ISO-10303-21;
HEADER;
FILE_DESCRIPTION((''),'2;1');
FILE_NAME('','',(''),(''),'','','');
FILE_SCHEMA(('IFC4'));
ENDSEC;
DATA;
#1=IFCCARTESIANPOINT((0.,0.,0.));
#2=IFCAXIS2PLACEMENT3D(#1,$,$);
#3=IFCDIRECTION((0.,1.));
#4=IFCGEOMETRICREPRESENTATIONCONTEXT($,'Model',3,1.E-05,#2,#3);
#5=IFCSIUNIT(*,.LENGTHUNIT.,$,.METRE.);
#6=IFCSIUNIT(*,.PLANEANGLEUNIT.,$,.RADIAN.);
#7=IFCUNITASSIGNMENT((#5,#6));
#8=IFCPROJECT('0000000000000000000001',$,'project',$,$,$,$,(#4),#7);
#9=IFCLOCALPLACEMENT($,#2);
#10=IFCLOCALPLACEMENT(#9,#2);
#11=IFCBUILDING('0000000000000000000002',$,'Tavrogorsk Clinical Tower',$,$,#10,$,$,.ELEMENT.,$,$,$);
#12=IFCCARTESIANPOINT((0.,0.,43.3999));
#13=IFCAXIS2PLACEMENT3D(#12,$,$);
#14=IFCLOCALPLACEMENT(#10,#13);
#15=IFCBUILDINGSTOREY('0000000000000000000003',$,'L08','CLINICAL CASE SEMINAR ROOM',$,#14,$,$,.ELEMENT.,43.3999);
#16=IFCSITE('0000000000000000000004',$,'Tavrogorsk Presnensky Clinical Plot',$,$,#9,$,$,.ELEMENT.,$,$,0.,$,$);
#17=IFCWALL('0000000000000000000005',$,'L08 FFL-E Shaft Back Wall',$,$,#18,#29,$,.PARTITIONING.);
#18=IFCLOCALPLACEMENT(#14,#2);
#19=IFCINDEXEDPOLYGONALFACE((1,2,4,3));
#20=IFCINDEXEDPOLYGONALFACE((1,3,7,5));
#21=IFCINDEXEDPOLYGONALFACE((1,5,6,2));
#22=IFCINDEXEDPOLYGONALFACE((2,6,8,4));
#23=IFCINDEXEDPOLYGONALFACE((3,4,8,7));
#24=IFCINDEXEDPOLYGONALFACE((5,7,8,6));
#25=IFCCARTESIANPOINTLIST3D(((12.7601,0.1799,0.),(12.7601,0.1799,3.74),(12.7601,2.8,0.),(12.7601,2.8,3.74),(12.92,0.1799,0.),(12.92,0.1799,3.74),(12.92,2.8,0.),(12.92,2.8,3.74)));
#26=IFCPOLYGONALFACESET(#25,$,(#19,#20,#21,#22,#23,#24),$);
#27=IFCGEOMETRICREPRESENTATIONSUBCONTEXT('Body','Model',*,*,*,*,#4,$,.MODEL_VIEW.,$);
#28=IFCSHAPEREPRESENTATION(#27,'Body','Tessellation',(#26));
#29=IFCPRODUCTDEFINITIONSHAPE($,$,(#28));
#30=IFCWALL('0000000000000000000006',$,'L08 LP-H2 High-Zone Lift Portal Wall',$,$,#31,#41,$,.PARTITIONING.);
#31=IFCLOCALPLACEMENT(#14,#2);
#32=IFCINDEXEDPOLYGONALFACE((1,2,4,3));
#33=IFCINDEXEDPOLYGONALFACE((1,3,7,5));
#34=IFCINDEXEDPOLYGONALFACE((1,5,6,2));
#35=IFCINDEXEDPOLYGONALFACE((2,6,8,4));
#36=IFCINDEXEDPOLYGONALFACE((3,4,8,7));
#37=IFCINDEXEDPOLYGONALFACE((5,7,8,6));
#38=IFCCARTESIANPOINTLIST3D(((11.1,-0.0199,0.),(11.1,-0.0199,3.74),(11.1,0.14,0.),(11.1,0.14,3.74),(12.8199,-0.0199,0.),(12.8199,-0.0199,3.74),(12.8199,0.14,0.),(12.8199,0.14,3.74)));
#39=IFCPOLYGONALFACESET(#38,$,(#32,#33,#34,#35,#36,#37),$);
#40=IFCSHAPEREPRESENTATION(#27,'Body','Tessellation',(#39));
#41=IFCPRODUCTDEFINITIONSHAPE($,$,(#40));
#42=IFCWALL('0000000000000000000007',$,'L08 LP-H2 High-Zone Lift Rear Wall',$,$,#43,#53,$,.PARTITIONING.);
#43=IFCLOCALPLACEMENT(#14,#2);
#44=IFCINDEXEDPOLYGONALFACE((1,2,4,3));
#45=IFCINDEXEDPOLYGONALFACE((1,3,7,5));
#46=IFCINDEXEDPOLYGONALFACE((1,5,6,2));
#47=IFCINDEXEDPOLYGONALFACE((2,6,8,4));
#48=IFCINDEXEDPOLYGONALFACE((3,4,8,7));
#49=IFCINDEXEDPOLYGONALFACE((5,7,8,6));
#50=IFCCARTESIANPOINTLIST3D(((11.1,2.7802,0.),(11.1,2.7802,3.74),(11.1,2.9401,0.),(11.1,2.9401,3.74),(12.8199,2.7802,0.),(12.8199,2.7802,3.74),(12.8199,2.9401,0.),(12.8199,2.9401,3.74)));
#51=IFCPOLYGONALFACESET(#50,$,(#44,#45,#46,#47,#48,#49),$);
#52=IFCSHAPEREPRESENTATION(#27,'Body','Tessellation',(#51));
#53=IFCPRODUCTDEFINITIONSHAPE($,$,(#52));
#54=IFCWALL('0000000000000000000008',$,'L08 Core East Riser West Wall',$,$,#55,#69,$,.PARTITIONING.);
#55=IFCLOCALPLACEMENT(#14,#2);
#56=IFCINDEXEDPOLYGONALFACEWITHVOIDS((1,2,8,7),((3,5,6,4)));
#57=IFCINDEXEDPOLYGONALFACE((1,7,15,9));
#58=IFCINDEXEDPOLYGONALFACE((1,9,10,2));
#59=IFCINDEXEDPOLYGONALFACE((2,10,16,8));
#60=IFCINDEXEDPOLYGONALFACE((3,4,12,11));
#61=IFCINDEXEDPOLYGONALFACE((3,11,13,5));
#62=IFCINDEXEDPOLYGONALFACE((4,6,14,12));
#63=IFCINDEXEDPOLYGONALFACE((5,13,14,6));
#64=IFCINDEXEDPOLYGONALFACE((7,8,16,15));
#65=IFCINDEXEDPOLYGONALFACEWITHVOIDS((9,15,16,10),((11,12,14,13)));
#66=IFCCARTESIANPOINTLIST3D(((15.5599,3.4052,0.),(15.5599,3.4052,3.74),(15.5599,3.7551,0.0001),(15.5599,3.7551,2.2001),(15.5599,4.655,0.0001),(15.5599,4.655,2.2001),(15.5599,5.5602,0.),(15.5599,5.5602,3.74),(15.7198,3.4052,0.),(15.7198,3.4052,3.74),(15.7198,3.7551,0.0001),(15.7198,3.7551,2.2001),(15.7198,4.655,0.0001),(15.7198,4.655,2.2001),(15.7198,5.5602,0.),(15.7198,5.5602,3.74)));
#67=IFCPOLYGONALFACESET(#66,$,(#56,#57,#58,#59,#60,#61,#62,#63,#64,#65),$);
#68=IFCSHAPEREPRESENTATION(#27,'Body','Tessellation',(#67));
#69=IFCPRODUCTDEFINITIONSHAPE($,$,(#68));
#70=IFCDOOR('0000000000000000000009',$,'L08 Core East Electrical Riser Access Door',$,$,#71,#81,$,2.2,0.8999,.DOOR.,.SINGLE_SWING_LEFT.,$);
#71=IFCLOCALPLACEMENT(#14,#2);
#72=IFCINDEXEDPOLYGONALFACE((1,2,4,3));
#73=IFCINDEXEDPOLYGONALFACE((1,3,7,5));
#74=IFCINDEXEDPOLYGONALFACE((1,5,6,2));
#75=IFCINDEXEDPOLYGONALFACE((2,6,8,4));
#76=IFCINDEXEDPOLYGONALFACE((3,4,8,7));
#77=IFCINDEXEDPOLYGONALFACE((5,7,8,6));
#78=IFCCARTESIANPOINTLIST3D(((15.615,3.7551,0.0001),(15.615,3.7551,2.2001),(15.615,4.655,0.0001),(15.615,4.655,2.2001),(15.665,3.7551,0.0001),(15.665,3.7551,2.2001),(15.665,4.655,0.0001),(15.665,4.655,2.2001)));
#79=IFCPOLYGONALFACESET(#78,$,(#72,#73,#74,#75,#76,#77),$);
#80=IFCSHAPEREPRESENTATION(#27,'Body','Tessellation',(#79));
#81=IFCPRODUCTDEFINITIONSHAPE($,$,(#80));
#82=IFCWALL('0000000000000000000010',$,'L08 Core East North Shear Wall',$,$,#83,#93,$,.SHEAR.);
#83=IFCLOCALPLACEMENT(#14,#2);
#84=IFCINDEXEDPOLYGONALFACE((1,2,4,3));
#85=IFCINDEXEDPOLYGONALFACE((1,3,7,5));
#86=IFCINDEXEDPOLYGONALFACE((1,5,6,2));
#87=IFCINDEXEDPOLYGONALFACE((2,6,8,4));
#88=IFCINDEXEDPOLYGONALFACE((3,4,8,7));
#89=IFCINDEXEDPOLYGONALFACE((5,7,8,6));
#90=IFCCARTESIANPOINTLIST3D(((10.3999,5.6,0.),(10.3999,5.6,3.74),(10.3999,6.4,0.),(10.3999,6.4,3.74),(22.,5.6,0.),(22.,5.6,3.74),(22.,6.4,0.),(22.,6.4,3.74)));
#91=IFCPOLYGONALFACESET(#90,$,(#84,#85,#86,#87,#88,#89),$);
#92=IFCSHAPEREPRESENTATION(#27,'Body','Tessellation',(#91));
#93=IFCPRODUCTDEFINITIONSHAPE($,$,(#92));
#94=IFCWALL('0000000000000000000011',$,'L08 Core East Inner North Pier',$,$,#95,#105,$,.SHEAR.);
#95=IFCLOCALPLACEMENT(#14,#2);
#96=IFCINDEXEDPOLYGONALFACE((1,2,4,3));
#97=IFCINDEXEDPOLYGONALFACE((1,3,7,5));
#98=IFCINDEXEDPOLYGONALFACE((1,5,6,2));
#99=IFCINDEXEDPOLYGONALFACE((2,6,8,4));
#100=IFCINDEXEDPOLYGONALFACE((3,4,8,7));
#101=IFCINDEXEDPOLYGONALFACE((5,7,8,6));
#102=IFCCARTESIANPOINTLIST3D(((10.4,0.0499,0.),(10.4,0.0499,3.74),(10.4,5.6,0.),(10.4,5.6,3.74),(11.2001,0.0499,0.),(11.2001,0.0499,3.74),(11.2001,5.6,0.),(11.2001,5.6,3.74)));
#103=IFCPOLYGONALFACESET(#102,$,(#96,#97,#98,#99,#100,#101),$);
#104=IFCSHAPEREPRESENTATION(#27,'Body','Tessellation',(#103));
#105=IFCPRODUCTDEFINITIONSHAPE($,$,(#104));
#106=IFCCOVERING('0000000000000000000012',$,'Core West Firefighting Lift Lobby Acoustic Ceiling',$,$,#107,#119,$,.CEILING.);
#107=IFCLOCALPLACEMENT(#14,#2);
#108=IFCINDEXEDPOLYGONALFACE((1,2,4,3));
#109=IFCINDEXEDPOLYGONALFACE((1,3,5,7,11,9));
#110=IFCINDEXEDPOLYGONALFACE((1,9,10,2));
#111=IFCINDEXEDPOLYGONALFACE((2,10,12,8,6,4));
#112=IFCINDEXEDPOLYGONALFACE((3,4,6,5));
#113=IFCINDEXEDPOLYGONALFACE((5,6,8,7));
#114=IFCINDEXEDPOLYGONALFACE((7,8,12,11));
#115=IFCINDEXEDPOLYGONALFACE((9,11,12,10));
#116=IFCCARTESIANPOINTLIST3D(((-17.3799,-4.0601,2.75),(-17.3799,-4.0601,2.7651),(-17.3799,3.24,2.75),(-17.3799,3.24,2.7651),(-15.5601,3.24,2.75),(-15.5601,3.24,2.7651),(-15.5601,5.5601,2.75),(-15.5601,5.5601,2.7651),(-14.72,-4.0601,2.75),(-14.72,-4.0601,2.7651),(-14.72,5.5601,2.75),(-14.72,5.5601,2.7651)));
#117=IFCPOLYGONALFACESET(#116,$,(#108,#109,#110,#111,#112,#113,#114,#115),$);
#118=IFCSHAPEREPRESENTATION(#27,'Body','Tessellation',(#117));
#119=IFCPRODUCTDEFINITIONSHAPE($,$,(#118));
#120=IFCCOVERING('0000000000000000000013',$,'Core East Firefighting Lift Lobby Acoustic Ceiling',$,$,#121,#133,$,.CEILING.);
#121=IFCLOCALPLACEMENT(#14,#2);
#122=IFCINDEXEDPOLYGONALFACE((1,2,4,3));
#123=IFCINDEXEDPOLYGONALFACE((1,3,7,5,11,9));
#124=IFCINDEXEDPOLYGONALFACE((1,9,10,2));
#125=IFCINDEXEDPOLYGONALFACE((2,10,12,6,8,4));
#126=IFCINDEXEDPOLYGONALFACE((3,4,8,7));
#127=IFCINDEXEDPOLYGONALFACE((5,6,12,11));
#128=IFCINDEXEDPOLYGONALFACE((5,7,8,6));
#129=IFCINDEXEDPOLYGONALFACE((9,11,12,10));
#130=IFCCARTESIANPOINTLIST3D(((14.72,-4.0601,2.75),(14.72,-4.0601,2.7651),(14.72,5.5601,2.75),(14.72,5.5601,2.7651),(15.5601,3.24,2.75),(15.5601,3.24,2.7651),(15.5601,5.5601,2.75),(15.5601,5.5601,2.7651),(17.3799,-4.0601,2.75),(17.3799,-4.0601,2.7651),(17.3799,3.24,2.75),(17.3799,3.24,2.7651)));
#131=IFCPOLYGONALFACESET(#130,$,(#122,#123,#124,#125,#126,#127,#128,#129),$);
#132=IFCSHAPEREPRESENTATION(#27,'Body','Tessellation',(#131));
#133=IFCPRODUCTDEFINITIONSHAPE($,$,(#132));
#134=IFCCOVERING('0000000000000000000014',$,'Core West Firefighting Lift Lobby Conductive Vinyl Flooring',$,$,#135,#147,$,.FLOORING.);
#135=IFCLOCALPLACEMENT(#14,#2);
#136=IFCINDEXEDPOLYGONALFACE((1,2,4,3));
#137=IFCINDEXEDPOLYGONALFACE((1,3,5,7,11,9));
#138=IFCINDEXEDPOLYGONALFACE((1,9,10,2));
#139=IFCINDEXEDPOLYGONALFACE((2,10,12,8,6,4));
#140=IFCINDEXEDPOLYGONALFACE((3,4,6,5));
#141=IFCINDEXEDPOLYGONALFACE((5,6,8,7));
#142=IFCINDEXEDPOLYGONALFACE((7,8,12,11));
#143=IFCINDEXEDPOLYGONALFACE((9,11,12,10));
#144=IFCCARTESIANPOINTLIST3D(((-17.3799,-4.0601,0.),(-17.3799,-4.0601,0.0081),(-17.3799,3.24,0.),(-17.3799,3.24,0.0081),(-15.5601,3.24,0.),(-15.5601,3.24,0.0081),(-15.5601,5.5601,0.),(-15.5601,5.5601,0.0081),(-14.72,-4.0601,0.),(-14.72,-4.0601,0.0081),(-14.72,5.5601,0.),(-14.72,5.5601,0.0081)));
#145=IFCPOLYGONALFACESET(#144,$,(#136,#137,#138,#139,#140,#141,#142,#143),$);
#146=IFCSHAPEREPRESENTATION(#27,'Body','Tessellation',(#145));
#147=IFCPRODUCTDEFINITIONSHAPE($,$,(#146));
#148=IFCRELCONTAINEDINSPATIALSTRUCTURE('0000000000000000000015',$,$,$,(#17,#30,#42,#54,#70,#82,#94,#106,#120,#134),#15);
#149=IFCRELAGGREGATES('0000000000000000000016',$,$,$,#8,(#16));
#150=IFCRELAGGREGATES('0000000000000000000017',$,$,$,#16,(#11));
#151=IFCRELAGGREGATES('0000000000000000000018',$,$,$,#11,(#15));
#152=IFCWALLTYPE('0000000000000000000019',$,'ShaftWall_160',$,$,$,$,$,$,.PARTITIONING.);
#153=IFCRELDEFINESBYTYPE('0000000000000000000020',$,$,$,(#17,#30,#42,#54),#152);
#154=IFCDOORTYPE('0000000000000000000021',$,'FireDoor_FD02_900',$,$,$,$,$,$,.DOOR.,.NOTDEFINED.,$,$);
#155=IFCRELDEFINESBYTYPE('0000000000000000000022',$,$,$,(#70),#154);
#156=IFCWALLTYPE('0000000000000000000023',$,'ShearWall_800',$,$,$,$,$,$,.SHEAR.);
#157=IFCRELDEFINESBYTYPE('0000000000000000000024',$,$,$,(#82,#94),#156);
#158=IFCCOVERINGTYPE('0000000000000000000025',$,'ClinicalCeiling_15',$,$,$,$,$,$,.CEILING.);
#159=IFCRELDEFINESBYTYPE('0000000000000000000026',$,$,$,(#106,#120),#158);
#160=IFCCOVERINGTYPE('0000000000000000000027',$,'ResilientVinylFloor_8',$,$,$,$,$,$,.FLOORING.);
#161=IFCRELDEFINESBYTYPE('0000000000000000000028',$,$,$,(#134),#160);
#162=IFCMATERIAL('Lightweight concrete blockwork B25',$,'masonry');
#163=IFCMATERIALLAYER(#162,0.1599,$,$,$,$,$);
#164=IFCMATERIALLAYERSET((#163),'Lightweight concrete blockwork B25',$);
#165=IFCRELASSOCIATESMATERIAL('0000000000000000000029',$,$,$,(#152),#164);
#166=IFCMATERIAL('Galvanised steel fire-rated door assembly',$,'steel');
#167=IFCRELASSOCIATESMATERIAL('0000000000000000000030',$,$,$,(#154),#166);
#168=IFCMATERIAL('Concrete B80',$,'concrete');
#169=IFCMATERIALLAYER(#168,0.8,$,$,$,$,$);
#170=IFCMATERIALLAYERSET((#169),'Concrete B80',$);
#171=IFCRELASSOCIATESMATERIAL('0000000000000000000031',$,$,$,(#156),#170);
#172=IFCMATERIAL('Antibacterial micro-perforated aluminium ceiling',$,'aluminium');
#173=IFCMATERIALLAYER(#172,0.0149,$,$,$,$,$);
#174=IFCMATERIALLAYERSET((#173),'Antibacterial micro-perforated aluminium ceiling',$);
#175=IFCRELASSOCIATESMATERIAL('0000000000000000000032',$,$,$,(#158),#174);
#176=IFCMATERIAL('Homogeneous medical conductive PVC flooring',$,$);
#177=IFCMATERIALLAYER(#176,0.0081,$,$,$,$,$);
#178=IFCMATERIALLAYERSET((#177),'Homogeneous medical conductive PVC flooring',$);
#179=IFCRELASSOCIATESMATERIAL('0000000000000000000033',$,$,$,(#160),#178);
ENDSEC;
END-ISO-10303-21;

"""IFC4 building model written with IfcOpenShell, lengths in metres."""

from ifc_helpers import new_model, si_unit, direction, frame, frame_2d, origin, place, context, subcontext, project, spatial, polyline, rectangle, outline, extrude, material, layer, layer_set, type_object, element, fill, save


model = new_model("IFC4")

# Units and contexts
model_context = context("Model", 3, precision=1e-05, world=origin(), true_north=direction((0.0, 1.0)))
body_context = subcontext(model_context, "Body", "Model", "MODEL_VIEW")
ifc_project = project(units=[si_unit("LENGTHUNIT", "METRE"), si_unit("PLANEANGLEUNIT", "RADIAN")], contexts=[model_context])

# Site, building, storey
site_placement = place(None, origin())
site = spatial("IfcSite", under=ifc_project, at=site_placement, Name="Tavrogorsk Presnensky Clinical Plot", CompositionType="ELEMENT", RefElevation=0.0)
building_placement = place(site_placement, origin())
building = spatial("IfcBuilding", under=site, at=building_placement, Name="Tavrogorsk Clinical Tower", CompositionType="ELEMENT")
storey_placement = place(building_placement, frame((0.0, 0.0, 43.3999)))
storey = spatial("IfcBuildingStorey", under=building, at=storey_placement, Name="L08", Description="CLINICAL CASE SEMINAR ROOM", CompositionType="ELEMENT", Elevation=43.3999)

# Shared definitions
ifc_material_1 = material(Name="Lightweight concrete blockwork B25", Category="masonry")
ifc_layer_1 = layer(ifc_material_1, 0.1599)
ifc_layer_set_1 = layer_set([ifc_layer_1], Name="Lightweight concrete blockwork B25")
wall_type_1 = type_object("IfcWallType", Name="ShaftWall_160", PredefinedType="PARTITIONING", material=ifc_layer_set_1)

# Walls
wall_1_placement = place(storey_placement, frame((12.8401, 0.1799, 0.0), z_axis=(0.0, 0.0, 1.0), x_axis=(0.0, 1.0, 0.0)))
element("IfcWall", 1, at=wall_1_placement, inside=storey, type_object=wall_type_1, Name="L08 FFL-E Shaft Back Wall", PredefinedType="PARTITIONING", context=body_context, shape_type="SweptSolid", body=[
    extrude(rectangle(XDim=2.6201, YDim=0.1599, at=frame_2d((1.3101, 0.0))), origin(), (0.0, 0.0, 1.0), 3.74),
])
for number, where, z_axis, x_axis, name in (
    (2, (11.1001, 0.0601, 0.0), (0.0, 0.0, 1.0), (1.0, 0.0, 0.0), "L08 LP-H2 High-Zone Lift Portal Wall"),
    (3, (11.1001, 2.8601, 0.0), (0.0, 0.0, 1.0), (1.0, 0.0, 0.0), "L08 LP-H2 High-Zone Lift Rear Wall"),
):
    element("IfcWall", number, at=place(storey_placement, frame(where, z_axis=z_axis, x_axis=x_axis)), inside=storey, type_object=wall_type_1, Name=name, PredefinedType="PARTITIONING", context=body_context, shape_type="SweptSolid", body=[
        extrude(rectangle(XDim=1.72, YDim=0.1599, at=frame_2d((0.8599, 0.0))), origin(), (0.0, 0.0, 1.0), 3.74),
    ])

# Wall, opening, door
wall_2_placement = place(storey_placement, frame((15.6399, 3.405, 0.0), z_axis=(0.0, 0.0, 1.0), x_axis=(0.0, 1.0, 0.0)))
wall_2 = element("IfcWall", 4, at=wall_2_placement, inside=storey, type_object=wall_type_1, Name="L08 Core East Riser West Wall", PredefinedType="PARTITIONING", context=body_context, shape_type="SweptSolid", body=[
    extrude(rectangle(XDim=2.155, YDim=0.1599, at=frame_2d((1.0776, 0.0))), origin(), (0.0, 0.0, 1.0), 3.74),
])
opening_1_placement = place(wall_2_placement, frame((0.3501, 0.0, 0.0)))
opening_1 = element("IfcOpeningElement", 5, at=opening_1_placement, cuts=wall_2, PredefinedType="OPENING", context=body_context, shape_type="SweptSolid", body=[
    extrude(rectangle(XDim=0.8999, YDim=2.2, at=frame_2d((0.45, 1.1001))), frame((0.0, 0.0898, 0.0), z_axis=(0.0, -1.0, 0.0), x_axis=(1.0, 0.0, 0.0)), (0.0, 0.0, 1.0), 0.1799),
])
ifc_material_2 = material(Name="Galvanised steel fire-rated door assembly", Category="steel")
door_type_1 = type_object("IfcDoorType", Name="FireDoor_FD02_900", OperationType="NOTDEFINED", PredefinedType="DOOR", material=ifc_material_2)
door_1_placement = place(opening_1_placement, origin())
door_1 = element("IfcDoor", 6, at=door_1_placement, inside=storey, type_object=door_type_1, Name="L08 Core East Electrical Riser Access Door", OperationType="SINGLE_SWING_LEFT", OverallHeight=2.2, OverallWidth=0.8999, PredefinedType="DOOR", context=body_context, shape_type="SweptSolid", body=[
    extrude(rectangle(XDim=0.8999, YDim=2.2, at=frame_2d((0.45, 1.1001))), frame((0.0, 0.0249, 0.0), z_axis=(0.0, -1.0, 0.0), x_axis=(1.0, 0.0, 0.0)), (0.0, 0.0, 1.0), 0.05),
])
fill(opening_1, door_1)

# Walls
ifc_material_3 = material(Name="Concrete B80", Category="concrete")
ifc_layer_2 = layer(ifc_material_3, 0.8)
ifc_layer_set_2 = layer_set([ifc_layer_2], Name="Concrete B80")
wall_type_2 = type_object("IfcWallType", Name="ShearWall_800", PredefinedType="SHEAR", material=ifc_layer_set_2)
wall_3_placement = place(storey_placement, frame((10.3999, 6.0, 0.0), z_axis=(0.0, 0.0, 1.0), x_axis=(1.0, 0.0, 0.0)))
element("IfcWall", 7, at=wall_3_placement, inside=storey, type_object=wall_type_2, Name="L08 Core East North Shear Wall", PredefinedType="SHEAR", context=body_context, shape_type="SweptSolid", body=[
    extrude(rectangle(XDim=11.6001, YDim=0.8, at=frame_2d((5.8, 0.0))), origin(), (0.0, 0.0, 1.0), 3.74),
])
wall_4_placement = place(storey_placement, frame((10.8, 0.05, 0.0), z_axis=(0.0, 0.0, 1.0), x_axis=(0.0, 1.0, 0.0)))
element("IfcWall", 8, at=wall_4_placement, inside=storey, type_object=wall_type_2, Name="L08 Core East Inner North Pier", PredefinedType="SHEAR", context=body_context, shape_type="SweptSolid", body=[
    extrude(rectangle(XDim=5.55, YDim=0.8, at=frame_2d((2.7749, 0.0))), origin(), (0.0, 0.0, 1.0), 3.74),
])

# Coverings
ifc_material_4 = material(Name="Antibacterial micro-perforated aluminium ceiling", Category="aluminium")
ifc_layer_3 = layer(ifc_material_4, 0.0149)
ifc_layer_set_3 = layer_set([ifc_layer_3], Name="Antibacterial micro-perforated aluminium ceiling")
covering_type_1 = type_object("IfcCoveringType", Name="ClinicalCeiling_15", PredefinedType="CEILING", material=ifc_layer_set_3)
covering_1_placement = place(storey_placement, frame((0.0, 0.0, 2.75)))
element("IfcCovering", 9, at=covering_1_placement, inside=storey, type_object=covering_type_1, Name="Core West Firefighting Lift Lobby Acoustic Ceiling", PredefinedType="CEILING", context=body_context, shape_type="SweptSolid", body=[
    extrude(outline(polyline([(-14.72, 5.5601), (-14.72, -4.0601), (-17.3799, -4.0601), (-17.3799, 3.24), (-15.5601, 3.24), (-15.5601, 5.5601), (-14.72, 5.5601)])), origin(), (0.0, 0.0, 1.0), 0.0151),
])
covering_2_placement = place(storey_placement, frame((0.0, 0.0, 2.75)))
element("IfcCovering", 10, at=covering_2_placement, inside=storey, type_object=covering_type_1, Name="Core East Firefighting Lift Lobby Acoustic Ceiling", PredefinedType="CEILING", context=body_context, shape_type="SweptSolid", body=[
    extrude(outline(polyline([(17.3799, -4.0601), (14.72, -4.0601), (14.72, 5.5601), (15.5601, 5.5601), (15.5601, 3.24), (17.3799, 3.24), (17.3799, -4.0601)])), origin(), (0.0, 0.0, 1.0), 0.0151),
])
ifc_material_5 = material(Name="Homogeneous medical conductive PVC flooring")
ifc_layer_4 = layer(ifc_material_5, 0.0081)
ifc_layer_set_4 = layer_set([ifc_layer_4], Name="Homogeneous medical conductive PVC flooring")
covering_type_2 = type_object("IfcCoveringType", Name="ResilientVinylFloor_8", PredefinedType="FLOORING", material=ifc_layer_set_4)
covering_3_placement = place(storey_placement, origin())
element("IfcCovering", 11, at=covering_3_placement, inside=storey, type_object=covering_type_2, Name="Core West Firefighting Lift Lobby Conductive Vinyl Flooring", PredefinedType="FLOORING", context=body_context, shape_type="SweptSolid", body=[
    extrude(outline(polyline([(-14.72, 5.5601), (-14.72, -4.0601), (-17.3799, -4.0601), (-17.3799, 3.24), (-15.5601, 3.24), (-15.5601, 5.5601), (-14.72, 5.5601)])), origin(), (0.0, 0.0, 1.0), 0.0081),
])

save(model, "model.ifc")
